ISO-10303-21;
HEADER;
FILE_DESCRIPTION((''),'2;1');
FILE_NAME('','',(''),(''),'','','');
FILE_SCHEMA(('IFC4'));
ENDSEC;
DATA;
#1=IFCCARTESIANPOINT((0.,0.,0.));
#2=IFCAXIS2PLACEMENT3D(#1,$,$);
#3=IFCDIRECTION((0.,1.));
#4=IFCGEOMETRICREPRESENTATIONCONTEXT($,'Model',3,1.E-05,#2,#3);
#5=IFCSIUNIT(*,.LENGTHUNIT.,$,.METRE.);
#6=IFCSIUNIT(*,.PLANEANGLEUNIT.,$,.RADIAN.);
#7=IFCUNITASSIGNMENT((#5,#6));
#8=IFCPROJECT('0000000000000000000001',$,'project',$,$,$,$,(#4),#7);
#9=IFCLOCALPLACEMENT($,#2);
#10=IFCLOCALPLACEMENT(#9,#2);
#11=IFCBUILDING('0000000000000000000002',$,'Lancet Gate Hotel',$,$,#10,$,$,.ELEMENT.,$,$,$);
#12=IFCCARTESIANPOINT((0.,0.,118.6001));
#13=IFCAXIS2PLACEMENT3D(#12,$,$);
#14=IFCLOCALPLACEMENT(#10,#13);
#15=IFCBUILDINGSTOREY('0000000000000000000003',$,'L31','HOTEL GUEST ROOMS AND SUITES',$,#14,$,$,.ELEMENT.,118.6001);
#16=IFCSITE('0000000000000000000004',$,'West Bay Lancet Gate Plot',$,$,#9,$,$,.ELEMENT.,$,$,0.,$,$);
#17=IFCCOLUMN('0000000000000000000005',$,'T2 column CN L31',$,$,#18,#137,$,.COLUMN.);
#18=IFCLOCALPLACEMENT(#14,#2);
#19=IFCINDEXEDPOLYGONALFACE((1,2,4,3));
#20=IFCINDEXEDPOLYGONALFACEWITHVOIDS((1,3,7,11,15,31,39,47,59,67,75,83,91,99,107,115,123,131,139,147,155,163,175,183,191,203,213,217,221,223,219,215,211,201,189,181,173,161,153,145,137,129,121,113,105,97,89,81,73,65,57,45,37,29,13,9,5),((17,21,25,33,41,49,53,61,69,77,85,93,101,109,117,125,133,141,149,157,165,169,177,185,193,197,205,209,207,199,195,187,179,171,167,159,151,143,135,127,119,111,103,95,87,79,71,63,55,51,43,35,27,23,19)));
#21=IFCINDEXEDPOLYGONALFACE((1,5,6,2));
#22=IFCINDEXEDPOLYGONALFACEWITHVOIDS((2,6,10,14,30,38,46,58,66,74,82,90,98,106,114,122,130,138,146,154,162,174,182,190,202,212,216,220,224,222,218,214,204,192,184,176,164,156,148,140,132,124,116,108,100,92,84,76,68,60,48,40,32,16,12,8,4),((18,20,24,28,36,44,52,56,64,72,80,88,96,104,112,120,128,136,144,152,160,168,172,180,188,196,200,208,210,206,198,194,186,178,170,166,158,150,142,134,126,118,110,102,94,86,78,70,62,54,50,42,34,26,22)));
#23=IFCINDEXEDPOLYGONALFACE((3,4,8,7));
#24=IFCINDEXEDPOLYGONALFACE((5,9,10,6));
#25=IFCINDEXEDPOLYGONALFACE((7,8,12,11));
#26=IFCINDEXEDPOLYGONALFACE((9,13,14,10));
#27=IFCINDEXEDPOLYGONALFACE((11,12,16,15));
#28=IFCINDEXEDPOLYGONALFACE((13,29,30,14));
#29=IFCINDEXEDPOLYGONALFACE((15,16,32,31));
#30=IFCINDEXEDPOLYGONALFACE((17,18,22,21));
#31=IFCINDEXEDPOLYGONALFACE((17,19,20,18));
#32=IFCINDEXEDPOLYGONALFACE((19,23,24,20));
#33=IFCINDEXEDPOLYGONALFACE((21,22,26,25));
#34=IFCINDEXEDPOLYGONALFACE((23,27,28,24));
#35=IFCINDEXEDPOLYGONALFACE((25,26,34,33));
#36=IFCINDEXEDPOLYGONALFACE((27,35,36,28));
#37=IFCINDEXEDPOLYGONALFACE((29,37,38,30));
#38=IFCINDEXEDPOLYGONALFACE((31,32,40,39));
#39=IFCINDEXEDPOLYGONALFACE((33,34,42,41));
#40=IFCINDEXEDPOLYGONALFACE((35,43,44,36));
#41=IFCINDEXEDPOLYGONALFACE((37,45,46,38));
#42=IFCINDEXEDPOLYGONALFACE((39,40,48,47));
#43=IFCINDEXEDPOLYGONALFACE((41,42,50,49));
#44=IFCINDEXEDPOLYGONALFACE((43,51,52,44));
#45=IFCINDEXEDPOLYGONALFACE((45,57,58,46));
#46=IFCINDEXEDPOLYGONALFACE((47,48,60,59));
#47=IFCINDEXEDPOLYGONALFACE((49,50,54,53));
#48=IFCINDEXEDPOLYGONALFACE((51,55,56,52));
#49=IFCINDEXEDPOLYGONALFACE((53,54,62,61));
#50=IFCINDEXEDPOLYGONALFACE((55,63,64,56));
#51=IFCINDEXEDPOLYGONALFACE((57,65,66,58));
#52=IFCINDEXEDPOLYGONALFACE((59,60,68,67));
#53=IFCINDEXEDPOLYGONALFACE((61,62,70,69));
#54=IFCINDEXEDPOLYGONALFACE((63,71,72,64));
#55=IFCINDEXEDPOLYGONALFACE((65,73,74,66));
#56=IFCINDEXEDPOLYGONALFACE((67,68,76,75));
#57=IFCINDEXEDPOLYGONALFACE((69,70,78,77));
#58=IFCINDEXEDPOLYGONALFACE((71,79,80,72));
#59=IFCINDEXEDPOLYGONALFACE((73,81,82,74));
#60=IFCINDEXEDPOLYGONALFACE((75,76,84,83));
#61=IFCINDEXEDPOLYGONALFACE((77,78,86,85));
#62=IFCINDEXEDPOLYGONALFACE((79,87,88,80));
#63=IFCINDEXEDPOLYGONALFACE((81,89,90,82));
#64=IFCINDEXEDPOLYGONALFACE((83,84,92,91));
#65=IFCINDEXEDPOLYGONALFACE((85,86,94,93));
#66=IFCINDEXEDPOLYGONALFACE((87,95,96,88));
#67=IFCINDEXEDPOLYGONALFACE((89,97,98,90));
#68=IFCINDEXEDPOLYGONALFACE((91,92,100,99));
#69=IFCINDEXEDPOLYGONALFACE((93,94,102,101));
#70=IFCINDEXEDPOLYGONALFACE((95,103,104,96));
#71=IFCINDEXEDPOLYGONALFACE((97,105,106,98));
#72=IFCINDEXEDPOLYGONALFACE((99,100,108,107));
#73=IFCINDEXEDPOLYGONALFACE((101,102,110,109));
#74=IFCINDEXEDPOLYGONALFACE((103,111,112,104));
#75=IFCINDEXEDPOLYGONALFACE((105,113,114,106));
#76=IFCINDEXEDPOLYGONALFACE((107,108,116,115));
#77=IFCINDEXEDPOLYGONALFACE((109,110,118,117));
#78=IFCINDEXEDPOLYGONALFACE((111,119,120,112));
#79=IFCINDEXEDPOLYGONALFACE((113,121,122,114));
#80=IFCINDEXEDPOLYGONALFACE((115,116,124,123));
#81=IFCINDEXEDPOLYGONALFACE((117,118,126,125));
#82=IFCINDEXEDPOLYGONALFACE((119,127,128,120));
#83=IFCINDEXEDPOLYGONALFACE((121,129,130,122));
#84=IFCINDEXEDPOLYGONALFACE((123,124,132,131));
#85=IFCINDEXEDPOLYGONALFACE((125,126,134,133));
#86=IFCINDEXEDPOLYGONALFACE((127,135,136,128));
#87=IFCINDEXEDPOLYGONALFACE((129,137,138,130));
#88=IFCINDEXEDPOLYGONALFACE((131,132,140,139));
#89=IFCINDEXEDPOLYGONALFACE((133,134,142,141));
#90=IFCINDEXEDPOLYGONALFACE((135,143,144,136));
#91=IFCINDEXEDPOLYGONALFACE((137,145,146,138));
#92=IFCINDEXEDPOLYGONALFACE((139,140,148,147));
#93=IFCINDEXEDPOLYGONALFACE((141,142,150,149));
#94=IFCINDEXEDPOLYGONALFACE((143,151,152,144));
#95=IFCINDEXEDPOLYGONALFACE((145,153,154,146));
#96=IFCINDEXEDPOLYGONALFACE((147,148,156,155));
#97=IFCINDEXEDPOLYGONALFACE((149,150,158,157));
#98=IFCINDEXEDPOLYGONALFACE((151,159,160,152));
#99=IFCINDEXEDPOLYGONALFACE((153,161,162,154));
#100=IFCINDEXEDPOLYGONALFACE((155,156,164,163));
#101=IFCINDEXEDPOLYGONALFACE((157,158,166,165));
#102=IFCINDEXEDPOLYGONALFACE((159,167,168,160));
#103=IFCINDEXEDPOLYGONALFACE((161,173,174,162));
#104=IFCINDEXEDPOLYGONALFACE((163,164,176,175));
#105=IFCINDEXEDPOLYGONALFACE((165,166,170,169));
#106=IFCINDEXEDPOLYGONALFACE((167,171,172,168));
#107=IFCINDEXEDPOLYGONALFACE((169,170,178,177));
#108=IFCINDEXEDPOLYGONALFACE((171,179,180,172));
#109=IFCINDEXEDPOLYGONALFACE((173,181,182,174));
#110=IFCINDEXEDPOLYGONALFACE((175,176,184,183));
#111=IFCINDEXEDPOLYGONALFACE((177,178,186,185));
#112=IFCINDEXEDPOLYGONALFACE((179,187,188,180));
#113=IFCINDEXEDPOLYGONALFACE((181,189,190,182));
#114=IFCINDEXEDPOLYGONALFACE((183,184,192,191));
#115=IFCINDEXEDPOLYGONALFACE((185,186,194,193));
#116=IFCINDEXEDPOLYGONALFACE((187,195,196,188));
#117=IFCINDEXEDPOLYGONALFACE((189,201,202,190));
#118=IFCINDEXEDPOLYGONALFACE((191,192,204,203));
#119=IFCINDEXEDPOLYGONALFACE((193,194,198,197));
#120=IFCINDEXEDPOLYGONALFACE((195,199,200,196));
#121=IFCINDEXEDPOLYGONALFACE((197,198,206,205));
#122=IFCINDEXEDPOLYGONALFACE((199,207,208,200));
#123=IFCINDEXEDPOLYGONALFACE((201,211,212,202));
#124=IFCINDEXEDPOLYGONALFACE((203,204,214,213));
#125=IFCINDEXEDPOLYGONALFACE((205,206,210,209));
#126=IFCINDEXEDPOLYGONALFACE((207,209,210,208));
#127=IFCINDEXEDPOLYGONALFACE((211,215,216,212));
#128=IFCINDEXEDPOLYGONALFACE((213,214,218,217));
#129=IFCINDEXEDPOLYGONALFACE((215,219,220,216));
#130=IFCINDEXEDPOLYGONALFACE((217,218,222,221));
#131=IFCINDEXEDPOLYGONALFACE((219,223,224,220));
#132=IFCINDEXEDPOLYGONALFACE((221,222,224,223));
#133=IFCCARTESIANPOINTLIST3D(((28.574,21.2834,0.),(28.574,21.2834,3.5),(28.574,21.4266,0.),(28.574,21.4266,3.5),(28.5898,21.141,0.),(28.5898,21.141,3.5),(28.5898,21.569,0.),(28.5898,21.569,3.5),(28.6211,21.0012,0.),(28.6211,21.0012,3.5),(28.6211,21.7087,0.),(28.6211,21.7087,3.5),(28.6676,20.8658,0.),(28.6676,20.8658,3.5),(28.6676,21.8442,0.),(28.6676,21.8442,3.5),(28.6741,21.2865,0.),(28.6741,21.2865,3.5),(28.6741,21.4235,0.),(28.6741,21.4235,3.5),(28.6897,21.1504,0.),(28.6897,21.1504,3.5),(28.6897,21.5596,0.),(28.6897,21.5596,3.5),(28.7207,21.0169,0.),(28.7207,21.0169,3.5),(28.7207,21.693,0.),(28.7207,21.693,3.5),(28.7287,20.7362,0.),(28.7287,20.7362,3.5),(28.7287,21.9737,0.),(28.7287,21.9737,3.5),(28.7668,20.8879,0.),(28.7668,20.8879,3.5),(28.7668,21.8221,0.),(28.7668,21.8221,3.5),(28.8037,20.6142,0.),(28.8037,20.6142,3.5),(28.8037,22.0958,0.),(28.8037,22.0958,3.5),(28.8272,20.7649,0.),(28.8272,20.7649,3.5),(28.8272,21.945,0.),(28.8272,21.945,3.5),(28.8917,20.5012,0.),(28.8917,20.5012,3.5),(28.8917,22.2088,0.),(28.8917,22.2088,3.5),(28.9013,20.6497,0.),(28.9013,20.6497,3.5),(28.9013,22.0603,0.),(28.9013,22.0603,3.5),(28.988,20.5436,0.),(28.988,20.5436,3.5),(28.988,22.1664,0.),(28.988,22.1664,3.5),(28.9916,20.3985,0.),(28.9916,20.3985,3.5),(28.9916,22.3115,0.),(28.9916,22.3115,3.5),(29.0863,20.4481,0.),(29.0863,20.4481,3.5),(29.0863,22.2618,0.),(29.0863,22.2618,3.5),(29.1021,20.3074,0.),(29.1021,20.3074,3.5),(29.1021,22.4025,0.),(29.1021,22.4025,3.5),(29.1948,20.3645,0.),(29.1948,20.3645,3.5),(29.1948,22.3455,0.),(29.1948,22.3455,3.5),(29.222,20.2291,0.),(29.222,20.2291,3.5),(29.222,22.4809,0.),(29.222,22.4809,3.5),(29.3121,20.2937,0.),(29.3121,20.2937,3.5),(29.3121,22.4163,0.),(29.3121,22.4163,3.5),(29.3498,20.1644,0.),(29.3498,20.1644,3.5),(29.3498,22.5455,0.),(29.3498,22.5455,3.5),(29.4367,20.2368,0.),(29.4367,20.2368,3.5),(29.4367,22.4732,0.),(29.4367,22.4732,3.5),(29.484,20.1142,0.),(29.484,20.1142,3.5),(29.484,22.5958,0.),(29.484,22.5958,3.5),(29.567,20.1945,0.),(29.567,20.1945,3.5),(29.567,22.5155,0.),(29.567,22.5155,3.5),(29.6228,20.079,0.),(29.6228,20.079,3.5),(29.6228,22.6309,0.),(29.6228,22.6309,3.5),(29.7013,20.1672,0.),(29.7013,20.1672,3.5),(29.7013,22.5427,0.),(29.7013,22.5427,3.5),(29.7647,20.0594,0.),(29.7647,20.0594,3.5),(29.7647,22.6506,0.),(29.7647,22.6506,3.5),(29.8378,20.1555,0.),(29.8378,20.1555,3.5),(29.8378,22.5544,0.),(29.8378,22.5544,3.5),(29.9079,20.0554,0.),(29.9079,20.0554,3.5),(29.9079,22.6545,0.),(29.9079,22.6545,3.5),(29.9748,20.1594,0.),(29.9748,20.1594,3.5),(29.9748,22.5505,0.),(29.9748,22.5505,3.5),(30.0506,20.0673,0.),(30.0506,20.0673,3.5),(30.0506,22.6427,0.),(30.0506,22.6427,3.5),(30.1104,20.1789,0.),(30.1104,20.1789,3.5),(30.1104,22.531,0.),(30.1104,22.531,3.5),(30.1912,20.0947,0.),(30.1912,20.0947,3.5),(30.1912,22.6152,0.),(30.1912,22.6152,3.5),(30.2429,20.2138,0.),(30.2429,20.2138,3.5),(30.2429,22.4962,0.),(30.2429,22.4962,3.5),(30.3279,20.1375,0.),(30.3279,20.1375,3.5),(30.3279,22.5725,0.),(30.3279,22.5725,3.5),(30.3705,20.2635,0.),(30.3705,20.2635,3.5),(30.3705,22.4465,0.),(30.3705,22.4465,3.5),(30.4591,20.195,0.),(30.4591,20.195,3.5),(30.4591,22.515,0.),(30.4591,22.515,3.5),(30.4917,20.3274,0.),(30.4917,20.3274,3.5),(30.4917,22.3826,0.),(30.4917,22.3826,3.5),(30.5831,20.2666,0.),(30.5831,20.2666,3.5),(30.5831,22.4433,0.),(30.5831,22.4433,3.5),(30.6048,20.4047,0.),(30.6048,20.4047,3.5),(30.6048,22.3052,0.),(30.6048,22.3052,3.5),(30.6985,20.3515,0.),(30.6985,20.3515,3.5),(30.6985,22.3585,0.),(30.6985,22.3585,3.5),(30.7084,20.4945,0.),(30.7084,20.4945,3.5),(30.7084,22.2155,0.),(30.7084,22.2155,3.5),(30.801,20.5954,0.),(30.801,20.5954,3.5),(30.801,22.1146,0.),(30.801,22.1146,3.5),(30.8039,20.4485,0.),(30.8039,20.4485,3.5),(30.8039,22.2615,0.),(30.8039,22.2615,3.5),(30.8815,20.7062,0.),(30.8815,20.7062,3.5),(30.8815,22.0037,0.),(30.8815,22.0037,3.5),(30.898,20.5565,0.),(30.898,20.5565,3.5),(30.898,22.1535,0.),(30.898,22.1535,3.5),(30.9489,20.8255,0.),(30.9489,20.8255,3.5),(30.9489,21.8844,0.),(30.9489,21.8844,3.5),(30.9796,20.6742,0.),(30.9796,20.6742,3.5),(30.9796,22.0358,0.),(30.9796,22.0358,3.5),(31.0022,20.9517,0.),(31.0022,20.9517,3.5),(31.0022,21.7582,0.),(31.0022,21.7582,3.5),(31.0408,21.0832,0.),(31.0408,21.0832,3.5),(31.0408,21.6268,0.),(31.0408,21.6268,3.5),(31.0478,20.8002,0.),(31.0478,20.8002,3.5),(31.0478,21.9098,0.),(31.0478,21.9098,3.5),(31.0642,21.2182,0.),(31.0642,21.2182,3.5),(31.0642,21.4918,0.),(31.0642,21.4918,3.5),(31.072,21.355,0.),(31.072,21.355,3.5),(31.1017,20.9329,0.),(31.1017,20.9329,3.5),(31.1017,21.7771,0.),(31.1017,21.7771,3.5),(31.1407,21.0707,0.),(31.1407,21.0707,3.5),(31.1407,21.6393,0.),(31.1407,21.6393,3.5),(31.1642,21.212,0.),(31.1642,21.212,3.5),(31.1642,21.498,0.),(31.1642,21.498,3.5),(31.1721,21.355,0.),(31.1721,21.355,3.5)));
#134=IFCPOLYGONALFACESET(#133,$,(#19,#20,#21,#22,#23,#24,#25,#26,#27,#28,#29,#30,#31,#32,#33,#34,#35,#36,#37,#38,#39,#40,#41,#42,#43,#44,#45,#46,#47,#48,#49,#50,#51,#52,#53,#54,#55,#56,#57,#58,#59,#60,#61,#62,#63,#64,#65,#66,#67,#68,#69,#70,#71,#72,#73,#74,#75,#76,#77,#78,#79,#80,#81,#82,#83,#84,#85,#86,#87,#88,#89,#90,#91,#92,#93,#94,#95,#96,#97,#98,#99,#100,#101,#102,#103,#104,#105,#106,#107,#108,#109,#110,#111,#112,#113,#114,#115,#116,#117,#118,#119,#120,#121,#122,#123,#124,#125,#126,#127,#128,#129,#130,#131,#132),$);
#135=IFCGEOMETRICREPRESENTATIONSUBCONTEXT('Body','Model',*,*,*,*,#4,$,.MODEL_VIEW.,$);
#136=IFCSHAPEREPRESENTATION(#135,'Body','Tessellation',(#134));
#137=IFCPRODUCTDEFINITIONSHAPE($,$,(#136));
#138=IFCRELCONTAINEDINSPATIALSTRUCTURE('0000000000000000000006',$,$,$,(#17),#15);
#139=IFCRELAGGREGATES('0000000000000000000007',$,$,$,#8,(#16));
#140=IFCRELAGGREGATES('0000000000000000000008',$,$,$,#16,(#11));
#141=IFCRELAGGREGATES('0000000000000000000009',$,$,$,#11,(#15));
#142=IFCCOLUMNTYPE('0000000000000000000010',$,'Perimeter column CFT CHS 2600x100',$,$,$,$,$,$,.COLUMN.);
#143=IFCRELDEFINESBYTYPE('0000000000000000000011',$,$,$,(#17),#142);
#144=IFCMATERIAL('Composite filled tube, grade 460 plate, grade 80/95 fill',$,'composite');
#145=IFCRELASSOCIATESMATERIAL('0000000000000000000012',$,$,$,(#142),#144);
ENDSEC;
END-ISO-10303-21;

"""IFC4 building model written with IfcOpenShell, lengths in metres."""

from ifc_helpers import new_model, si_unit, direction, frame, origin, origin_2d, place, context, subcontext, project, spatial, hollow_circle, extrude, material, material_profile, profile_set, type_object, element, save


model = new_model("IFC4")

# Units and contexts
model_context = context("Model", 3, precision=1e-05, world=origin(), true_north=direction((0.0, 1.0)))
body_context = subcontext(model_context, "Body", "Model", "MODEL_VIEW")
ifc_project = project(units=[si_unit("LENGTHUNIT", "METRE"), si_unit("PLANEANGLEUNIT", "RADIAN")], contexts=[model_context])

# Site, building, storey
site_placement = place(None, origin())
site = spatial("IfcSite", under=ifc_project, at=site_placement, Name="West Bay Lancet Gate Plot", CompositionType="ELEMENT", RefElevation=0.0)
building_placement = place(site_placement, origin())
building = spatial("IfcBuilding", under=site, at=building_placement, Name="Lancet Gate Hotel", CompositionType="ELEMENT")
storey_placement = place(building_placement, frame((0.0, 0.0, 118.6001)))
storey = spatial("IfcBuildingStorey", under=building, at=storey_placement, Name="L31", Description="HOTEL GUEST ROOMS AND SUITES", CompositionType="ELEMENT", Elevation=118.6001)

# Column
ifc_material_1 = material(Name="Composite filled tube, grade 460 plate, grade 80/95 fill", Category="composite")
ifc_material_profile_1 = material_profile(ifc_material_1, hollow_circle(Radius=1.3, WallThickness=0.1001, at=origin_2d()), Name="CHS 2600x100")
ifc_profile_set_1 = profile_set([ifc_material_profile_1], Name="Composite filled tube, grade 460 plate, grade 80/95 fill")
column_type = type_object("IfcColumnType", Name="Perimeter column CFT CHS 2600x100", PredefinedType="COLUMN", material=ifc_profile_set_1)
for number, where, z_axis, x_axis, name in (
    (1, (29.8721, 21.355, 0.0), (0.0, 0.0, 1.0), (1.0, 0.0, 0.0), "T2 column CN L31"),
):
    element("IfcColumn", number, at=place(storey_placement, frame(where, z_axis=z_axis, x_axis=x_axis)), inside=storey, type_object=column_type, Name=name, PredefinedType="COLUMN", context=body_context, shape_type="SweptSolid", body=[
        extrude(hollow_circle(Radius=1.3, WallThickness=0.1001, at=origin_2d()), origin(), (0.0, 0.0, 1.0), 3.5),
    ])

save(model, "model.ifc")
